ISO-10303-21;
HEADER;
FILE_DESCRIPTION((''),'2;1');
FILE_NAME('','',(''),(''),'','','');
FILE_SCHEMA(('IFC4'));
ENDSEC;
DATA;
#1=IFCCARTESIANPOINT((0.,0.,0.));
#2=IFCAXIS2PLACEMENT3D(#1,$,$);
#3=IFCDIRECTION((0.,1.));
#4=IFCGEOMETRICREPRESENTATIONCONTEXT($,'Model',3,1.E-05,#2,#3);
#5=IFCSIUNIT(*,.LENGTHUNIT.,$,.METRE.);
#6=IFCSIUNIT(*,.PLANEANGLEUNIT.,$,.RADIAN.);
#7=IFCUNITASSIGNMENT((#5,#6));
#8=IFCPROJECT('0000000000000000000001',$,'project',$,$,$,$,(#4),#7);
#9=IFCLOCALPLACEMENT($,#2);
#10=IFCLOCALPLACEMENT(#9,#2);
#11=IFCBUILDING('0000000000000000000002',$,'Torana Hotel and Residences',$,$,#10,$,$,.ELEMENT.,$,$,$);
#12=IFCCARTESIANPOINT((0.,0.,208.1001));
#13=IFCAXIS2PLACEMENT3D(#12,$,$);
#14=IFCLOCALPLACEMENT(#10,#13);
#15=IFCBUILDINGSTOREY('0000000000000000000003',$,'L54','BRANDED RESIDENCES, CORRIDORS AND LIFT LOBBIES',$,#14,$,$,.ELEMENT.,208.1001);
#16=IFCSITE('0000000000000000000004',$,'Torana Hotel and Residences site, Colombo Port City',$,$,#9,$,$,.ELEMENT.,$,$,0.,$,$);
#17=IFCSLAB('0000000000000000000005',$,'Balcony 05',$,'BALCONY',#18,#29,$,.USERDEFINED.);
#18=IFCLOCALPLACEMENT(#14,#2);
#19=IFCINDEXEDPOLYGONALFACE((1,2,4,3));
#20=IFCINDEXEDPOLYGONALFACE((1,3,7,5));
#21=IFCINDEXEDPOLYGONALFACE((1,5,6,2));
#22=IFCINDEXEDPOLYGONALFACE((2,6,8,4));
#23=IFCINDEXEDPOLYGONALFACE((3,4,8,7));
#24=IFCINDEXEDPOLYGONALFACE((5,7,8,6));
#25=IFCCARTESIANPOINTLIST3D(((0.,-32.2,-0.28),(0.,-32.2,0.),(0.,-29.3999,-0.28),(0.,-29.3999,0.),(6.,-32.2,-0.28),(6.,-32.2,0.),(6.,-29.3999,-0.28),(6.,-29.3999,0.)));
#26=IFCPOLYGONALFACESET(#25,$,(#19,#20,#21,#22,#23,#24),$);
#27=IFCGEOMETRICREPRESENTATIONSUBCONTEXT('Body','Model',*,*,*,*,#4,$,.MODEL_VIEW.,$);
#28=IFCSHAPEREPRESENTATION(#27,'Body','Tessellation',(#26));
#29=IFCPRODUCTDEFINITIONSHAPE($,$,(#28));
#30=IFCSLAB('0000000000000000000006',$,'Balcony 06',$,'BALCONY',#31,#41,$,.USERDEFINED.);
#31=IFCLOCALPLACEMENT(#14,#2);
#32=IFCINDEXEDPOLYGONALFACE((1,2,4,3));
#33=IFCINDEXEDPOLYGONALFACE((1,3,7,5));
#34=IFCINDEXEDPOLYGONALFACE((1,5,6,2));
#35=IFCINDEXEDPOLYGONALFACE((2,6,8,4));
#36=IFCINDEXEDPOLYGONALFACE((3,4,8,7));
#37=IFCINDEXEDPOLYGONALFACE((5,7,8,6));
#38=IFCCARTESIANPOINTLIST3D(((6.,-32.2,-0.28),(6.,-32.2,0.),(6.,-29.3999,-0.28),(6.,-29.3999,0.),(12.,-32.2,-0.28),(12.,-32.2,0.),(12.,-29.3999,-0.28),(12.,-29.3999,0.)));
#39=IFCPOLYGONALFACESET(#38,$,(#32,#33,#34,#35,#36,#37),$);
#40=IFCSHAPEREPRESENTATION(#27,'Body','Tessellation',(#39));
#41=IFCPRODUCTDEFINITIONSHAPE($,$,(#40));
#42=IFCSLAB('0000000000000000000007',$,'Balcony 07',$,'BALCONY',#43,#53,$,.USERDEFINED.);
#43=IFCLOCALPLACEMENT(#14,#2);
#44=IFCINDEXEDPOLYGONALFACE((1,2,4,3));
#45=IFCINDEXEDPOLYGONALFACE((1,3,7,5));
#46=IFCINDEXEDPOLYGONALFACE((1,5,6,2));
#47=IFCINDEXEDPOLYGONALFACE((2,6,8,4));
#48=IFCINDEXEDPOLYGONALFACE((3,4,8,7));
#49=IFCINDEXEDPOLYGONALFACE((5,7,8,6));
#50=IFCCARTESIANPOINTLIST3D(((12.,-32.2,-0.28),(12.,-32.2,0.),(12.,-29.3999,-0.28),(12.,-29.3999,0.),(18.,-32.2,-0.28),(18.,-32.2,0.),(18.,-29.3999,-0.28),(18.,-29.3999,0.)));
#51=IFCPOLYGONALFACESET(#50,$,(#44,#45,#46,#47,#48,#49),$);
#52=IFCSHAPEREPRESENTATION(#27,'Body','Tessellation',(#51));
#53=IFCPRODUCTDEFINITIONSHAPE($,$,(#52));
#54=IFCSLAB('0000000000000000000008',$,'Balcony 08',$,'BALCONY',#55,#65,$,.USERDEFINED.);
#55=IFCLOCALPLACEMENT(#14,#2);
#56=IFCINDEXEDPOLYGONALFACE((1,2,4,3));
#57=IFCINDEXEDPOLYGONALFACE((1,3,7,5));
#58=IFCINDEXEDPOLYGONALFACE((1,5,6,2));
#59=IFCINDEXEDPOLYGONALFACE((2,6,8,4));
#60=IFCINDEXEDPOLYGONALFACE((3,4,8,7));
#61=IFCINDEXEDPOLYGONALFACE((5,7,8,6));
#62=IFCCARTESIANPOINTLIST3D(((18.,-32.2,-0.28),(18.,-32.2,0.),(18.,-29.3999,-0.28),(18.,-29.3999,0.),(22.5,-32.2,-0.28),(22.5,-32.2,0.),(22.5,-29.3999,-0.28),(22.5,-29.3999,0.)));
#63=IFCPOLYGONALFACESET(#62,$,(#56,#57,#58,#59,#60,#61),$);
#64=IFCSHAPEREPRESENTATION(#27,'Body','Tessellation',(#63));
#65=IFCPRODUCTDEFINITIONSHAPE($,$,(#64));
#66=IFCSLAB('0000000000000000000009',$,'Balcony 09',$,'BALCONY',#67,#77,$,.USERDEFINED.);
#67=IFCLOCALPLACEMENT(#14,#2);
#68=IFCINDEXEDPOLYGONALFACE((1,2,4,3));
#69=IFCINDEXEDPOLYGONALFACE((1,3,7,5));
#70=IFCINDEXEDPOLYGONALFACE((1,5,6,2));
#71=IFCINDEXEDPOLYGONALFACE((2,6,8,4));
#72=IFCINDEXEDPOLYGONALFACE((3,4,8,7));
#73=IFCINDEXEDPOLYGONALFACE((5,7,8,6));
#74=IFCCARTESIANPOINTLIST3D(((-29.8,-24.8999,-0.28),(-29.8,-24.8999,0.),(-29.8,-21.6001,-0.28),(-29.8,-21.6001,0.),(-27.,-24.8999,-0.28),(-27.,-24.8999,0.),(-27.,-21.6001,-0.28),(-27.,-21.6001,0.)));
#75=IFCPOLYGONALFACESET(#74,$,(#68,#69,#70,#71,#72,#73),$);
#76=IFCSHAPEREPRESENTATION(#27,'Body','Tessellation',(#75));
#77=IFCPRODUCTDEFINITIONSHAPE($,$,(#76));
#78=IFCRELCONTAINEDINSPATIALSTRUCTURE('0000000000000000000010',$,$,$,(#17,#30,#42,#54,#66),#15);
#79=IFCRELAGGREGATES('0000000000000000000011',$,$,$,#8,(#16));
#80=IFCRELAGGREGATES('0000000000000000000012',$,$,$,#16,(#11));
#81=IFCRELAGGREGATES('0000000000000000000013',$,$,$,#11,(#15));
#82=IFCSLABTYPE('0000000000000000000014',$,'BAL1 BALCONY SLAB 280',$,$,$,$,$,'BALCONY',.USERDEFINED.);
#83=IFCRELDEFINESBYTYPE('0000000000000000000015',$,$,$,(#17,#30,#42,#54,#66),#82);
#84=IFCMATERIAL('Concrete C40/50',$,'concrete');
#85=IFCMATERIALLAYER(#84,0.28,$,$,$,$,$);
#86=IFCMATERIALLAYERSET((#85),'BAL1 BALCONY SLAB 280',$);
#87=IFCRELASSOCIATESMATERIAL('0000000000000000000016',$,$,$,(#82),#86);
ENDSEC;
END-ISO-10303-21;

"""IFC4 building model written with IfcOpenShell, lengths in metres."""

from ifc_helpers import new_model, si_unit, direction, frame, origin, place, context, subcontext, project, spatial, polyline, outline, extrude, material, layer, layer_set, type_object, element, save


model = new_model("IFC4")

# Units and contexts
model_context = context("Model", 3, precision=1e-05, world=origin(), true_north=direction((0.0, 1.0)))
body_context = subcontext(model_context, "Body", "Model", "MODEL_VIEW")
ifc_project = project(units=[si_unit("LENGTHUNIT", "METRE"), si_unit("PLANEANGLEUNIT", "RADIAN")], contexts=[model_context])

# Site, building, storey
site_placement = place(None, origin())
site = spatial("IfcSite", under=ifc_project, at=site_placement, Name="Torana Hotel and Residences site, Colombo Port City", CompositionType="ELEMENT", RefElevation=0.0)
building_placement = place(site_placement, origin())
building = spatial("IfcBuilding", under=site, at=building_placement, Name="Torana Hotel and Residences", CompositionType="ELEMENT")
storey_placement = place(building_placement, frame((0.0, 0.0, 208.1001)))
storey = spatial("IfcBuildingStorey", under=building, at=storey_placement, Name="L54", Description="BRANDED RESIDENCES, CORRIDORS AND LIFT LOBBIES", CompositionType="ELEMENT", Elevation=208.1001)

# Slabs
ifc_material_1 = material(Name="Concrete C40/50", Category="concrete")
ifc_layer_1 = layer(ifc_material_1, 0.28)
ifc_layer_set_1 = layer_set([ifc_layer_1], Name="BAL1 BALCONY SLAB 280")
slab_type = type_object("IfcSlabType", Name="BAL1 BALCONY SLAB 280", ElementType="BALCONY", PredefinedType="USERDEFINED", material=ifc_layer_set_1)
slab_1_placement = place(storey_placement, frame((0.0, 0.0, -0.28)))
element("IfcSlab", 1, at=slab_1_placement, inside=storey, type_object=slab_type, Name="Balcony 05", ObjectType="BALCONY", PredefinedType="USERDEFINED", context=body_context, shape_type="SweptSolid", body=[
    extrude(outline(polyline([(0.0, -32.2), (6.0, -32.2), (6.0, -29.3999), (0.0, -29.3999), (0.0, -32.2)])), origin(), (0.0, 0.0, 1.0), 0.28),
])
slab_2_placement = place(storey_placement, frame((0.0, 0.0, -0.28)))
element("IfcSlab", 2, at=slab_2_placement, inside=storey, type_object=slab_type, Name="Balcony 06", ObjectType="BALCONY", PredefinedType="USERDEFINED", context=body_context, shape_type="SweptSolid", body=[
    extrude(outline(polyline([(6.0, -32.2), (12.0, -32.2), (12.0, -29.3999), (6.0, -29.3999), (6.0, -32.2)])), origin(), (0.0, 0.0, 1.0), 0.28),
])
slab_3_placement = place(storey_placement, frame((0.0, 0.0, -0.28)))
element("IfcSlab", 3, at=slab_3_placement, inside=storey, type_object=slab_type, Name="Balcony 07", ObjectType="BALCONY", PredefinedType="USERDEFINED", context=body_context, shape_type="SweptSolid", body=[
    extrude(outline(polyline([(12.0, -32.2), (18.0, -32.2), (18.0, -29.3999), (12.0, -29.3999), (12.0, -32.2)])), origin(), (0.0, 0.0, 1.0), 0.28),
])
slab_4_placement = place(storey_placement, frame((0.0, 0.0, -0.28)))
element("IfcSlab", 4, at=slab_4_placement, inside=storey, type_object=slab_type, Name="Balcony 08", ObjectType="BALCONY", PredefinedType="USERDEFINED", context=body_context, shape_type="SweptSolid", body=[
    extrude(outline(polyline([(18.0, -32.2), (22.5, -32.2), (22.5, -29.3999), (18.0, -29.3999), (18.0, -32.2)])), origin(), (0.0, 0.0, 1.0), 0.28),
])
slab_5_placement = place(storey_placement, frame((0.0, 0.0, -0.28)))
element("IfcSlab", 5, at=slab_5_placement, inside=storey, type_object=slab_type, Name="Balcony 09", ObjectType="BALCONY", PredefinedType="USERDEFINED", context=body_context, shape_type="SweptSolid", body=[
    extrude(outline(polyline([(-29.8, -24.8999), (-27.0, -24.8999), (-27.0, -21.6001), (-29.8, -21.6001), (-29.8, -24.8999)])), origin(), (0.0, 0.0, 1.0), 0.28),
])

save(model, "model.ifc")
